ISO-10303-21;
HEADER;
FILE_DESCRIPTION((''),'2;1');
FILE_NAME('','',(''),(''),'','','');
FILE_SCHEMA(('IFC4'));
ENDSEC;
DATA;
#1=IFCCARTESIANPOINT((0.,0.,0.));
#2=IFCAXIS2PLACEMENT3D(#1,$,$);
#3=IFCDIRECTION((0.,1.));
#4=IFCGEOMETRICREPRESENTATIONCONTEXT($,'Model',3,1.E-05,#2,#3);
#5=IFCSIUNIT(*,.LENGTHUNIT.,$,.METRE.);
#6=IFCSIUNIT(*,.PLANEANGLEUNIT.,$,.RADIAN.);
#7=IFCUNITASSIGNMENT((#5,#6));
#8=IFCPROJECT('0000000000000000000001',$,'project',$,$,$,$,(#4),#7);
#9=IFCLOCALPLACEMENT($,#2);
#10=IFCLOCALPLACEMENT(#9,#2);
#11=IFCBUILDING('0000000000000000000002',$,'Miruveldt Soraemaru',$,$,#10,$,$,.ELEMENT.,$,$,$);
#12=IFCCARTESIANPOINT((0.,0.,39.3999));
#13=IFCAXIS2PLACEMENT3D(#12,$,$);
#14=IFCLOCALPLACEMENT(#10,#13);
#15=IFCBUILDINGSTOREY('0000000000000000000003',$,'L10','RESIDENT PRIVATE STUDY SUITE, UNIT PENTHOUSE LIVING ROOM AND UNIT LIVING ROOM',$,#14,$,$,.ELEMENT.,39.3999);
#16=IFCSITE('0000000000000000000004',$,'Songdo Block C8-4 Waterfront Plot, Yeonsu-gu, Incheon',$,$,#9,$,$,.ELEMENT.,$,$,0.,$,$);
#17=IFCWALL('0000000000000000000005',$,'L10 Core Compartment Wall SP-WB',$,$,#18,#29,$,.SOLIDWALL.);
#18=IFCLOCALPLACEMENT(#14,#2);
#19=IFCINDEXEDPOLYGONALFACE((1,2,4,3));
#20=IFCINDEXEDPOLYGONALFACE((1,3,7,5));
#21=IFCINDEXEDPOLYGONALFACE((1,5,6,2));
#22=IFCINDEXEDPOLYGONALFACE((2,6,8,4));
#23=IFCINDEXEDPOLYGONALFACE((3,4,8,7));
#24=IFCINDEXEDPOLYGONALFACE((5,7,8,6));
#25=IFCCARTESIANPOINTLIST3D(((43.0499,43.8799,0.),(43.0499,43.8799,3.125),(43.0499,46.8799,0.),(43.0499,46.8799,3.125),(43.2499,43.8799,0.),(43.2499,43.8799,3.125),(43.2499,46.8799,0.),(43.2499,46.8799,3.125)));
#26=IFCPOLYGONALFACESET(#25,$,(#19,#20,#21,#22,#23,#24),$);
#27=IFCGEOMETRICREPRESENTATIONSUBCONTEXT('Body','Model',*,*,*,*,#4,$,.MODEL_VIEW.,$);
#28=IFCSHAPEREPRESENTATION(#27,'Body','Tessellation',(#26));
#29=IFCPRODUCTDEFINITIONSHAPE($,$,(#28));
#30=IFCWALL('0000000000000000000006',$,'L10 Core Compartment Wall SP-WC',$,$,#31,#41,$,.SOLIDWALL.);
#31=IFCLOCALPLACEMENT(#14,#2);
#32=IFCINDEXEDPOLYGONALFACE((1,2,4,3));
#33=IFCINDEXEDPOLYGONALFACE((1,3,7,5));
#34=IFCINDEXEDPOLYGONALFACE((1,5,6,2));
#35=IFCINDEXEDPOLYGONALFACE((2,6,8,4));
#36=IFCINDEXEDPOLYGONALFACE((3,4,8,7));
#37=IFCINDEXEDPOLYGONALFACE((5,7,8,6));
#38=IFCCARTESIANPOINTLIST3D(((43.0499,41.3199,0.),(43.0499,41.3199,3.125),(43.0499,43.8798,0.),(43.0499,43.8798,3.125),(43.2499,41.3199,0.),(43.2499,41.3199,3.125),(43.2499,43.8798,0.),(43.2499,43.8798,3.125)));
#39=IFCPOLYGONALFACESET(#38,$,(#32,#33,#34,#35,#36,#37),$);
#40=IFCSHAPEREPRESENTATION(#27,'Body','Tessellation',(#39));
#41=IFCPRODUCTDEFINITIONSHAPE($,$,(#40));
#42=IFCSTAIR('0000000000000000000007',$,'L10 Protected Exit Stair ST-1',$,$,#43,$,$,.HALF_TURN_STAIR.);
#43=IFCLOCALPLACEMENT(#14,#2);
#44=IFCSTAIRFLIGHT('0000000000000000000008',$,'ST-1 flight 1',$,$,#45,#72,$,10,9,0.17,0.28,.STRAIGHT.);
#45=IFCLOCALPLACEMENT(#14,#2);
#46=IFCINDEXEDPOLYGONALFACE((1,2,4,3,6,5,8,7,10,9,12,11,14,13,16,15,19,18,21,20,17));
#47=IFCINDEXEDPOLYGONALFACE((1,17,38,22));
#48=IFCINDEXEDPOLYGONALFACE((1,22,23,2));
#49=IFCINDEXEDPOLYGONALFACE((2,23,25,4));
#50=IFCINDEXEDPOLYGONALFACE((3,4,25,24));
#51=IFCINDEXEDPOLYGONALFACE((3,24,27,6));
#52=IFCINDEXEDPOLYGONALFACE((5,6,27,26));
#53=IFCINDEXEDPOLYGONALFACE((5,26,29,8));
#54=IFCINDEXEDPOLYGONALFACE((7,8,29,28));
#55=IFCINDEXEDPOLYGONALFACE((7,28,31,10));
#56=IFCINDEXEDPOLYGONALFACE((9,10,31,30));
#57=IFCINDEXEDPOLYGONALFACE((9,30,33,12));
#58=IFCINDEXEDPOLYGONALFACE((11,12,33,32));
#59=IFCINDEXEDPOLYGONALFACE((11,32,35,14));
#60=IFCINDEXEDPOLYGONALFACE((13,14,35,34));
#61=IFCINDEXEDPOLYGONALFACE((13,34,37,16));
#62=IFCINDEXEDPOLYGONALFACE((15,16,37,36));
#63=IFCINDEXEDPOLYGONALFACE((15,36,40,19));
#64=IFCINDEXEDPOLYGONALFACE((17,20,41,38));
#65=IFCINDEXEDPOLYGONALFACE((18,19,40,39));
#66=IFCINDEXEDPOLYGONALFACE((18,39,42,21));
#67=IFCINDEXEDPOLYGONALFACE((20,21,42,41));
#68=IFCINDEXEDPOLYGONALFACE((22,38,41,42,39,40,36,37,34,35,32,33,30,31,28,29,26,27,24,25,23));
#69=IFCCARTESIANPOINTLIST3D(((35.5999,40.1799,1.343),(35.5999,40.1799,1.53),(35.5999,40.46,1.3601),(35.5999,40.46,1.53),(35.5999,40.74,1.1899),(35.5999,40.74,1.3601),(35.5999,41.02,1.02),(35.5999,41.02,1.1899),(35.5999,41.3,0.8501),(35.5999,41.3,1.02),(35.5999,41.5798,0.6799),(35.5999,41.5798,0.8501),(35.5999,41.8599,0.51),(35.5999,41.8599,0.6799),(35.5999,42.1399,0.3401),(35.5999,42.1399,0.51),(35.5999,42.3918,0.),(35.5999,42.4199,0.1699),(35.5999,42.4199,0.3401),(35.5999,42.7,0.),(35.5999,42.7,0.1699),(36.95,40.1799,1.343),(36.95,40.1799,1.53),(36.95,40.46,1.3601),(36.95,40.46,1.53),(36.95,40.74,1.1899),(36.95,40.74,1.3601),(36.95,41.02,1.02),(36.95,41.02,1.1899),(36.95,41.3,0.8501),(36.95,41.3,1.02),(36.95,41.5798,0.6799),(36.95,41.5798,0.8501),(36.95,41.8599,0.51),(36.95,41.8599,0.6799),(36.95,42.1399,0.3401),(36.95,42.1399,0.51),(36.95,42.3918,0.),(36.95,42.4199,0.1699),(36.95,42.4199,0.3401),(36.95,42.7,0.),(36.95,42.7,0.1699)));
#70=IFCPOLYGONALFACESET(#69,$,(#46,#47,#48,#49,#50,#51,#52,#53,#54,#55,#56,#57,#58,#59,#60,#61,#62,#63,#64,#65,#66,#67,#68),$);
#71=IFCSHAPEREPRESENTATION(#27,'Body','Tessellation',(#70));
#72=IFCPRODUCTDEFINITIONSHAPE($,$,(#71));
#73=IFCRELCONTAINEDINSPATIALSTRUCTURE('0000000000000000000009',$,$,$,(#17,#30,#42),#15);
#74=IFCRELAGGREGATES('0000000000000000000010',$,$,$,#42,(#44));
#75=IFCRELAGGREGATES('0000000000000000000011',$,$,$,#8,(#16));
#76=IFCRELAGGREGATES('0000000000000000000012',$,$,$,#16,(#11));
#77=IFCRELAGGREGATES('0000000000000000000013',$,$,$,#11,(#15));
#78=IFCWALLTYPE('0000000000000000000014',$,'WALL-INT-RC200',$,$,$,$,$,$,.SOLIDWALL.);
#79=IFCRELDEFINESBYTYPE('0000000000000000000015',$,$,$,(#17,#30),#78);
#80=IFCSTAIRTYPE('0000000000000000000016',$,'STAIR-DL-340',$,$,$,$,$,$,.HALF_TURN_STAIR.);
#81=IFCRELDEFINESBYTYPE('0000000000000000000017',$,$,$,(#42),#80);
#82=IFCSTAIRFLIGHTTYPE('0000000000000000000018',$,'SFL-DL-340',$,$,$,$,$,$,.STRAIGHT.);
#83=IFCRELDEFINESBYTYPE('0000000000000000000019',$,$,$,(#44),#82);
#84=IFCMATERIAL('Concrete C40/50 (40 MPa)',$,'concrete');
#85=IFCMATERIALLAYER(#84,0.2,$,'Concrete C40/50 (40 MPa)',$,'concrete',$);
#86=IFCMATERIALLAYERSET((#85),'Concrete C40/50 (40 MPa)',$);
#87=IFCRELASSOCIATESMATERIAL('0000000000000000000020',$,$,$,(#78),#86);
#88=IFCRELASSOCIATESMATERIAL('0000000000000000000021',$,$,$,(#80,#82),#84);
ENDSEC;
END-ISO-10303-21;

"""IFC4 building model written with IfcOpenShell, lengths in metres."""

from ifc_helpers import new_model, si_unit, direction, frame, frame_2d, origin, place, context, subcontext, project, spatial, polyline, rectangle, outline, extrude, material, layer, layer_set, type_object, element, aggregate, save


model = new_model("IFC4")

# Units and contexts
model_context = context("Model", 3, precision=1e-05, world=origin(), true_north=direction((0.0, 1.0)))
body_context = subcontext(model_context, "Body", "Model", "MODEL_VIEW")
ifc_project = project(units=[si_unit("LENGTHUNIT", "METRE"), si_unit("PLANEANGLEUNIT", "RADIAN")], contexts=[model_context])

# Site, building, storey
site_placement = place(None, origin())
site = spatial("IfcSite", under=ifc_project, at=site_placement, Name="Songdo Block C8-4 Waterfront Plot, Yeonsu-gu, Incheon", CompositionType="ELEMENT", RefElevation=0.0)
building_placement = place(site_placement, origin())
building = spatial("IfcBuilding", under=site, at=building_placement, Name="Miruveldt Soraemaru", CompositionType="ELEMENT")
storey_placement = place(building_placement, frame((0.0, 0.0, 39.3999)))
storey = spatial("IfcBuildingStorey", under=building, at=storey_placement, Name="L10", Description="RESIDENT PRIVATE STUDY SUITE, UNIT PENTHOUSE LIVING ROOM AND UNIT LIVING ROOM", CompositionType="ELEMENT", Elevation=39.3999)

# Shared definitions
ifc_material_1 = material(Name="Concrete C40/50 (40 MPa)", Category="concrete")

# Shared definitions
ifc_layer_1 = layer(ifc_material_1, 0.2, Name="Concrete C40/50 (40 MPa)", Category="concrete")
ifc_layer_set_1 = layer_set([ifc_layer_1], Name="Concrete C40/50 (40 MPa)")
wall_type_1 = type_object("IfcWallType", Name="WALL-INT-RC200", PredefinedType="SOLIDWALL", material=ifc_layer_set_1)

# Walls
wall_1_placement = place(storey_placement, frame((43.1499, 43.8799, 0.0), z_axis=(0.0, 0.0, 1.0), x_axis=(0.0, 1.0, 0.0)))
element("IfcWall", 1, at=wall_1_placement, inside=storey, type_object=wall_type_1, Name="L10 Core Compartment Wall SP-WB", PredefinedType="SOLIDWALL", context=body_context, shape_type="SweptSolid", body=[
    extrude(rectangle(XDim=3.0, YDim=0.2, at=frame_2d((1.5, 0.0))), origin(), (0.0, 0.0, 1.0), 3.125),
])
wall_2_placement = place(storey_placement, frame((43.1499, 41.3201, 0.0), z_axis=(0.0, 0.0, 1.0), x_axis=(0.0, 1.0, 0.0)))
element("IfcWall", 2, at=wall_2_placement, inside=storey, type_object=wall_type_1, Name="L10 Core Compartment Wall SP-WC", PredefinedType="SOLIDWALL", context=body_context, shape_type="SweptSolid", body=[
    extrude(rectangle(XDim=2.5598, YDim=0.2, at=frame_2d((1.2798, 0.0))), origin(), (0.0, 0.0, 1.0), 3.125),
])

# Stair, stair flight
stair_type = type_object("IfcStairType", Name="STAIR-DL-340", PredefinedType="HALF_TURN_STAIR", material=ifc_material_1)
stair_placement = place(storey_placement, origin())
stair = element("IfcStair", 3, at=stair_placement, inside=storey, type_object=stair_type, Name="L10 Protected Exit Stair ST-1", PredefinedType="HALF_TURN_STAIR")
stair_flight_type = type_object("IfcStairFlightType", Name="SFL-DL-340", PredefinedType="STRAIGHT", material=ifc_material_1)
stair_flight_placement = place(storey_placement, frame((36.2749, 42.7, 0.0), z_axis=(0.0, 0.0, 1.0), x_axis=(0.0, -1.0, 0.0)))
stair_flight = element("IfcStairFlight", 4, at=stair_flight_placement, type_object=stair_flight_type, Name="ST-1 flight 1", NumberOfRisers=10, NumberOfTreads=9, PredefinedType="STRAIGHT", RiserHeight=0.17, TreadLength=0.28, context=body_context, shape_type="SweptSolid", body=[
    extrude(outline(polyline([(0.0, 0.0), (0.0, 0.1699), (0.28, 0.1699), (0.28, 0.3401), (0.5601, 0.3401), (0.5601, 0.51), (0.8401, 0.51), (0.8401, 0.6799), (1.1201, 0.6799), (1.1201, 0.8501), (1.3999, 0.8501), (1.3999, 1.02), (1.6799, 1.02), (1.6799, 1.1899), (1.96, 1.1899), (1.96, 1.3601), (2.24, 1.3601), (2.24, 1.53), (2.52, 1.53), (2.52, 1.7), (2.52, 1.343), (0.3081, 0.0), (0.0, 0.0)])), frame((0.0, 0.675, 0.0), z_axis=(0.0, -1.0, 0.0), x_axis=(1.0, 0.0, 0.0)), (0.0, 0.0, 1.0), 1.3501),
])
aggregate(stair, [stair_flight])

save(model, "model.ifc")
